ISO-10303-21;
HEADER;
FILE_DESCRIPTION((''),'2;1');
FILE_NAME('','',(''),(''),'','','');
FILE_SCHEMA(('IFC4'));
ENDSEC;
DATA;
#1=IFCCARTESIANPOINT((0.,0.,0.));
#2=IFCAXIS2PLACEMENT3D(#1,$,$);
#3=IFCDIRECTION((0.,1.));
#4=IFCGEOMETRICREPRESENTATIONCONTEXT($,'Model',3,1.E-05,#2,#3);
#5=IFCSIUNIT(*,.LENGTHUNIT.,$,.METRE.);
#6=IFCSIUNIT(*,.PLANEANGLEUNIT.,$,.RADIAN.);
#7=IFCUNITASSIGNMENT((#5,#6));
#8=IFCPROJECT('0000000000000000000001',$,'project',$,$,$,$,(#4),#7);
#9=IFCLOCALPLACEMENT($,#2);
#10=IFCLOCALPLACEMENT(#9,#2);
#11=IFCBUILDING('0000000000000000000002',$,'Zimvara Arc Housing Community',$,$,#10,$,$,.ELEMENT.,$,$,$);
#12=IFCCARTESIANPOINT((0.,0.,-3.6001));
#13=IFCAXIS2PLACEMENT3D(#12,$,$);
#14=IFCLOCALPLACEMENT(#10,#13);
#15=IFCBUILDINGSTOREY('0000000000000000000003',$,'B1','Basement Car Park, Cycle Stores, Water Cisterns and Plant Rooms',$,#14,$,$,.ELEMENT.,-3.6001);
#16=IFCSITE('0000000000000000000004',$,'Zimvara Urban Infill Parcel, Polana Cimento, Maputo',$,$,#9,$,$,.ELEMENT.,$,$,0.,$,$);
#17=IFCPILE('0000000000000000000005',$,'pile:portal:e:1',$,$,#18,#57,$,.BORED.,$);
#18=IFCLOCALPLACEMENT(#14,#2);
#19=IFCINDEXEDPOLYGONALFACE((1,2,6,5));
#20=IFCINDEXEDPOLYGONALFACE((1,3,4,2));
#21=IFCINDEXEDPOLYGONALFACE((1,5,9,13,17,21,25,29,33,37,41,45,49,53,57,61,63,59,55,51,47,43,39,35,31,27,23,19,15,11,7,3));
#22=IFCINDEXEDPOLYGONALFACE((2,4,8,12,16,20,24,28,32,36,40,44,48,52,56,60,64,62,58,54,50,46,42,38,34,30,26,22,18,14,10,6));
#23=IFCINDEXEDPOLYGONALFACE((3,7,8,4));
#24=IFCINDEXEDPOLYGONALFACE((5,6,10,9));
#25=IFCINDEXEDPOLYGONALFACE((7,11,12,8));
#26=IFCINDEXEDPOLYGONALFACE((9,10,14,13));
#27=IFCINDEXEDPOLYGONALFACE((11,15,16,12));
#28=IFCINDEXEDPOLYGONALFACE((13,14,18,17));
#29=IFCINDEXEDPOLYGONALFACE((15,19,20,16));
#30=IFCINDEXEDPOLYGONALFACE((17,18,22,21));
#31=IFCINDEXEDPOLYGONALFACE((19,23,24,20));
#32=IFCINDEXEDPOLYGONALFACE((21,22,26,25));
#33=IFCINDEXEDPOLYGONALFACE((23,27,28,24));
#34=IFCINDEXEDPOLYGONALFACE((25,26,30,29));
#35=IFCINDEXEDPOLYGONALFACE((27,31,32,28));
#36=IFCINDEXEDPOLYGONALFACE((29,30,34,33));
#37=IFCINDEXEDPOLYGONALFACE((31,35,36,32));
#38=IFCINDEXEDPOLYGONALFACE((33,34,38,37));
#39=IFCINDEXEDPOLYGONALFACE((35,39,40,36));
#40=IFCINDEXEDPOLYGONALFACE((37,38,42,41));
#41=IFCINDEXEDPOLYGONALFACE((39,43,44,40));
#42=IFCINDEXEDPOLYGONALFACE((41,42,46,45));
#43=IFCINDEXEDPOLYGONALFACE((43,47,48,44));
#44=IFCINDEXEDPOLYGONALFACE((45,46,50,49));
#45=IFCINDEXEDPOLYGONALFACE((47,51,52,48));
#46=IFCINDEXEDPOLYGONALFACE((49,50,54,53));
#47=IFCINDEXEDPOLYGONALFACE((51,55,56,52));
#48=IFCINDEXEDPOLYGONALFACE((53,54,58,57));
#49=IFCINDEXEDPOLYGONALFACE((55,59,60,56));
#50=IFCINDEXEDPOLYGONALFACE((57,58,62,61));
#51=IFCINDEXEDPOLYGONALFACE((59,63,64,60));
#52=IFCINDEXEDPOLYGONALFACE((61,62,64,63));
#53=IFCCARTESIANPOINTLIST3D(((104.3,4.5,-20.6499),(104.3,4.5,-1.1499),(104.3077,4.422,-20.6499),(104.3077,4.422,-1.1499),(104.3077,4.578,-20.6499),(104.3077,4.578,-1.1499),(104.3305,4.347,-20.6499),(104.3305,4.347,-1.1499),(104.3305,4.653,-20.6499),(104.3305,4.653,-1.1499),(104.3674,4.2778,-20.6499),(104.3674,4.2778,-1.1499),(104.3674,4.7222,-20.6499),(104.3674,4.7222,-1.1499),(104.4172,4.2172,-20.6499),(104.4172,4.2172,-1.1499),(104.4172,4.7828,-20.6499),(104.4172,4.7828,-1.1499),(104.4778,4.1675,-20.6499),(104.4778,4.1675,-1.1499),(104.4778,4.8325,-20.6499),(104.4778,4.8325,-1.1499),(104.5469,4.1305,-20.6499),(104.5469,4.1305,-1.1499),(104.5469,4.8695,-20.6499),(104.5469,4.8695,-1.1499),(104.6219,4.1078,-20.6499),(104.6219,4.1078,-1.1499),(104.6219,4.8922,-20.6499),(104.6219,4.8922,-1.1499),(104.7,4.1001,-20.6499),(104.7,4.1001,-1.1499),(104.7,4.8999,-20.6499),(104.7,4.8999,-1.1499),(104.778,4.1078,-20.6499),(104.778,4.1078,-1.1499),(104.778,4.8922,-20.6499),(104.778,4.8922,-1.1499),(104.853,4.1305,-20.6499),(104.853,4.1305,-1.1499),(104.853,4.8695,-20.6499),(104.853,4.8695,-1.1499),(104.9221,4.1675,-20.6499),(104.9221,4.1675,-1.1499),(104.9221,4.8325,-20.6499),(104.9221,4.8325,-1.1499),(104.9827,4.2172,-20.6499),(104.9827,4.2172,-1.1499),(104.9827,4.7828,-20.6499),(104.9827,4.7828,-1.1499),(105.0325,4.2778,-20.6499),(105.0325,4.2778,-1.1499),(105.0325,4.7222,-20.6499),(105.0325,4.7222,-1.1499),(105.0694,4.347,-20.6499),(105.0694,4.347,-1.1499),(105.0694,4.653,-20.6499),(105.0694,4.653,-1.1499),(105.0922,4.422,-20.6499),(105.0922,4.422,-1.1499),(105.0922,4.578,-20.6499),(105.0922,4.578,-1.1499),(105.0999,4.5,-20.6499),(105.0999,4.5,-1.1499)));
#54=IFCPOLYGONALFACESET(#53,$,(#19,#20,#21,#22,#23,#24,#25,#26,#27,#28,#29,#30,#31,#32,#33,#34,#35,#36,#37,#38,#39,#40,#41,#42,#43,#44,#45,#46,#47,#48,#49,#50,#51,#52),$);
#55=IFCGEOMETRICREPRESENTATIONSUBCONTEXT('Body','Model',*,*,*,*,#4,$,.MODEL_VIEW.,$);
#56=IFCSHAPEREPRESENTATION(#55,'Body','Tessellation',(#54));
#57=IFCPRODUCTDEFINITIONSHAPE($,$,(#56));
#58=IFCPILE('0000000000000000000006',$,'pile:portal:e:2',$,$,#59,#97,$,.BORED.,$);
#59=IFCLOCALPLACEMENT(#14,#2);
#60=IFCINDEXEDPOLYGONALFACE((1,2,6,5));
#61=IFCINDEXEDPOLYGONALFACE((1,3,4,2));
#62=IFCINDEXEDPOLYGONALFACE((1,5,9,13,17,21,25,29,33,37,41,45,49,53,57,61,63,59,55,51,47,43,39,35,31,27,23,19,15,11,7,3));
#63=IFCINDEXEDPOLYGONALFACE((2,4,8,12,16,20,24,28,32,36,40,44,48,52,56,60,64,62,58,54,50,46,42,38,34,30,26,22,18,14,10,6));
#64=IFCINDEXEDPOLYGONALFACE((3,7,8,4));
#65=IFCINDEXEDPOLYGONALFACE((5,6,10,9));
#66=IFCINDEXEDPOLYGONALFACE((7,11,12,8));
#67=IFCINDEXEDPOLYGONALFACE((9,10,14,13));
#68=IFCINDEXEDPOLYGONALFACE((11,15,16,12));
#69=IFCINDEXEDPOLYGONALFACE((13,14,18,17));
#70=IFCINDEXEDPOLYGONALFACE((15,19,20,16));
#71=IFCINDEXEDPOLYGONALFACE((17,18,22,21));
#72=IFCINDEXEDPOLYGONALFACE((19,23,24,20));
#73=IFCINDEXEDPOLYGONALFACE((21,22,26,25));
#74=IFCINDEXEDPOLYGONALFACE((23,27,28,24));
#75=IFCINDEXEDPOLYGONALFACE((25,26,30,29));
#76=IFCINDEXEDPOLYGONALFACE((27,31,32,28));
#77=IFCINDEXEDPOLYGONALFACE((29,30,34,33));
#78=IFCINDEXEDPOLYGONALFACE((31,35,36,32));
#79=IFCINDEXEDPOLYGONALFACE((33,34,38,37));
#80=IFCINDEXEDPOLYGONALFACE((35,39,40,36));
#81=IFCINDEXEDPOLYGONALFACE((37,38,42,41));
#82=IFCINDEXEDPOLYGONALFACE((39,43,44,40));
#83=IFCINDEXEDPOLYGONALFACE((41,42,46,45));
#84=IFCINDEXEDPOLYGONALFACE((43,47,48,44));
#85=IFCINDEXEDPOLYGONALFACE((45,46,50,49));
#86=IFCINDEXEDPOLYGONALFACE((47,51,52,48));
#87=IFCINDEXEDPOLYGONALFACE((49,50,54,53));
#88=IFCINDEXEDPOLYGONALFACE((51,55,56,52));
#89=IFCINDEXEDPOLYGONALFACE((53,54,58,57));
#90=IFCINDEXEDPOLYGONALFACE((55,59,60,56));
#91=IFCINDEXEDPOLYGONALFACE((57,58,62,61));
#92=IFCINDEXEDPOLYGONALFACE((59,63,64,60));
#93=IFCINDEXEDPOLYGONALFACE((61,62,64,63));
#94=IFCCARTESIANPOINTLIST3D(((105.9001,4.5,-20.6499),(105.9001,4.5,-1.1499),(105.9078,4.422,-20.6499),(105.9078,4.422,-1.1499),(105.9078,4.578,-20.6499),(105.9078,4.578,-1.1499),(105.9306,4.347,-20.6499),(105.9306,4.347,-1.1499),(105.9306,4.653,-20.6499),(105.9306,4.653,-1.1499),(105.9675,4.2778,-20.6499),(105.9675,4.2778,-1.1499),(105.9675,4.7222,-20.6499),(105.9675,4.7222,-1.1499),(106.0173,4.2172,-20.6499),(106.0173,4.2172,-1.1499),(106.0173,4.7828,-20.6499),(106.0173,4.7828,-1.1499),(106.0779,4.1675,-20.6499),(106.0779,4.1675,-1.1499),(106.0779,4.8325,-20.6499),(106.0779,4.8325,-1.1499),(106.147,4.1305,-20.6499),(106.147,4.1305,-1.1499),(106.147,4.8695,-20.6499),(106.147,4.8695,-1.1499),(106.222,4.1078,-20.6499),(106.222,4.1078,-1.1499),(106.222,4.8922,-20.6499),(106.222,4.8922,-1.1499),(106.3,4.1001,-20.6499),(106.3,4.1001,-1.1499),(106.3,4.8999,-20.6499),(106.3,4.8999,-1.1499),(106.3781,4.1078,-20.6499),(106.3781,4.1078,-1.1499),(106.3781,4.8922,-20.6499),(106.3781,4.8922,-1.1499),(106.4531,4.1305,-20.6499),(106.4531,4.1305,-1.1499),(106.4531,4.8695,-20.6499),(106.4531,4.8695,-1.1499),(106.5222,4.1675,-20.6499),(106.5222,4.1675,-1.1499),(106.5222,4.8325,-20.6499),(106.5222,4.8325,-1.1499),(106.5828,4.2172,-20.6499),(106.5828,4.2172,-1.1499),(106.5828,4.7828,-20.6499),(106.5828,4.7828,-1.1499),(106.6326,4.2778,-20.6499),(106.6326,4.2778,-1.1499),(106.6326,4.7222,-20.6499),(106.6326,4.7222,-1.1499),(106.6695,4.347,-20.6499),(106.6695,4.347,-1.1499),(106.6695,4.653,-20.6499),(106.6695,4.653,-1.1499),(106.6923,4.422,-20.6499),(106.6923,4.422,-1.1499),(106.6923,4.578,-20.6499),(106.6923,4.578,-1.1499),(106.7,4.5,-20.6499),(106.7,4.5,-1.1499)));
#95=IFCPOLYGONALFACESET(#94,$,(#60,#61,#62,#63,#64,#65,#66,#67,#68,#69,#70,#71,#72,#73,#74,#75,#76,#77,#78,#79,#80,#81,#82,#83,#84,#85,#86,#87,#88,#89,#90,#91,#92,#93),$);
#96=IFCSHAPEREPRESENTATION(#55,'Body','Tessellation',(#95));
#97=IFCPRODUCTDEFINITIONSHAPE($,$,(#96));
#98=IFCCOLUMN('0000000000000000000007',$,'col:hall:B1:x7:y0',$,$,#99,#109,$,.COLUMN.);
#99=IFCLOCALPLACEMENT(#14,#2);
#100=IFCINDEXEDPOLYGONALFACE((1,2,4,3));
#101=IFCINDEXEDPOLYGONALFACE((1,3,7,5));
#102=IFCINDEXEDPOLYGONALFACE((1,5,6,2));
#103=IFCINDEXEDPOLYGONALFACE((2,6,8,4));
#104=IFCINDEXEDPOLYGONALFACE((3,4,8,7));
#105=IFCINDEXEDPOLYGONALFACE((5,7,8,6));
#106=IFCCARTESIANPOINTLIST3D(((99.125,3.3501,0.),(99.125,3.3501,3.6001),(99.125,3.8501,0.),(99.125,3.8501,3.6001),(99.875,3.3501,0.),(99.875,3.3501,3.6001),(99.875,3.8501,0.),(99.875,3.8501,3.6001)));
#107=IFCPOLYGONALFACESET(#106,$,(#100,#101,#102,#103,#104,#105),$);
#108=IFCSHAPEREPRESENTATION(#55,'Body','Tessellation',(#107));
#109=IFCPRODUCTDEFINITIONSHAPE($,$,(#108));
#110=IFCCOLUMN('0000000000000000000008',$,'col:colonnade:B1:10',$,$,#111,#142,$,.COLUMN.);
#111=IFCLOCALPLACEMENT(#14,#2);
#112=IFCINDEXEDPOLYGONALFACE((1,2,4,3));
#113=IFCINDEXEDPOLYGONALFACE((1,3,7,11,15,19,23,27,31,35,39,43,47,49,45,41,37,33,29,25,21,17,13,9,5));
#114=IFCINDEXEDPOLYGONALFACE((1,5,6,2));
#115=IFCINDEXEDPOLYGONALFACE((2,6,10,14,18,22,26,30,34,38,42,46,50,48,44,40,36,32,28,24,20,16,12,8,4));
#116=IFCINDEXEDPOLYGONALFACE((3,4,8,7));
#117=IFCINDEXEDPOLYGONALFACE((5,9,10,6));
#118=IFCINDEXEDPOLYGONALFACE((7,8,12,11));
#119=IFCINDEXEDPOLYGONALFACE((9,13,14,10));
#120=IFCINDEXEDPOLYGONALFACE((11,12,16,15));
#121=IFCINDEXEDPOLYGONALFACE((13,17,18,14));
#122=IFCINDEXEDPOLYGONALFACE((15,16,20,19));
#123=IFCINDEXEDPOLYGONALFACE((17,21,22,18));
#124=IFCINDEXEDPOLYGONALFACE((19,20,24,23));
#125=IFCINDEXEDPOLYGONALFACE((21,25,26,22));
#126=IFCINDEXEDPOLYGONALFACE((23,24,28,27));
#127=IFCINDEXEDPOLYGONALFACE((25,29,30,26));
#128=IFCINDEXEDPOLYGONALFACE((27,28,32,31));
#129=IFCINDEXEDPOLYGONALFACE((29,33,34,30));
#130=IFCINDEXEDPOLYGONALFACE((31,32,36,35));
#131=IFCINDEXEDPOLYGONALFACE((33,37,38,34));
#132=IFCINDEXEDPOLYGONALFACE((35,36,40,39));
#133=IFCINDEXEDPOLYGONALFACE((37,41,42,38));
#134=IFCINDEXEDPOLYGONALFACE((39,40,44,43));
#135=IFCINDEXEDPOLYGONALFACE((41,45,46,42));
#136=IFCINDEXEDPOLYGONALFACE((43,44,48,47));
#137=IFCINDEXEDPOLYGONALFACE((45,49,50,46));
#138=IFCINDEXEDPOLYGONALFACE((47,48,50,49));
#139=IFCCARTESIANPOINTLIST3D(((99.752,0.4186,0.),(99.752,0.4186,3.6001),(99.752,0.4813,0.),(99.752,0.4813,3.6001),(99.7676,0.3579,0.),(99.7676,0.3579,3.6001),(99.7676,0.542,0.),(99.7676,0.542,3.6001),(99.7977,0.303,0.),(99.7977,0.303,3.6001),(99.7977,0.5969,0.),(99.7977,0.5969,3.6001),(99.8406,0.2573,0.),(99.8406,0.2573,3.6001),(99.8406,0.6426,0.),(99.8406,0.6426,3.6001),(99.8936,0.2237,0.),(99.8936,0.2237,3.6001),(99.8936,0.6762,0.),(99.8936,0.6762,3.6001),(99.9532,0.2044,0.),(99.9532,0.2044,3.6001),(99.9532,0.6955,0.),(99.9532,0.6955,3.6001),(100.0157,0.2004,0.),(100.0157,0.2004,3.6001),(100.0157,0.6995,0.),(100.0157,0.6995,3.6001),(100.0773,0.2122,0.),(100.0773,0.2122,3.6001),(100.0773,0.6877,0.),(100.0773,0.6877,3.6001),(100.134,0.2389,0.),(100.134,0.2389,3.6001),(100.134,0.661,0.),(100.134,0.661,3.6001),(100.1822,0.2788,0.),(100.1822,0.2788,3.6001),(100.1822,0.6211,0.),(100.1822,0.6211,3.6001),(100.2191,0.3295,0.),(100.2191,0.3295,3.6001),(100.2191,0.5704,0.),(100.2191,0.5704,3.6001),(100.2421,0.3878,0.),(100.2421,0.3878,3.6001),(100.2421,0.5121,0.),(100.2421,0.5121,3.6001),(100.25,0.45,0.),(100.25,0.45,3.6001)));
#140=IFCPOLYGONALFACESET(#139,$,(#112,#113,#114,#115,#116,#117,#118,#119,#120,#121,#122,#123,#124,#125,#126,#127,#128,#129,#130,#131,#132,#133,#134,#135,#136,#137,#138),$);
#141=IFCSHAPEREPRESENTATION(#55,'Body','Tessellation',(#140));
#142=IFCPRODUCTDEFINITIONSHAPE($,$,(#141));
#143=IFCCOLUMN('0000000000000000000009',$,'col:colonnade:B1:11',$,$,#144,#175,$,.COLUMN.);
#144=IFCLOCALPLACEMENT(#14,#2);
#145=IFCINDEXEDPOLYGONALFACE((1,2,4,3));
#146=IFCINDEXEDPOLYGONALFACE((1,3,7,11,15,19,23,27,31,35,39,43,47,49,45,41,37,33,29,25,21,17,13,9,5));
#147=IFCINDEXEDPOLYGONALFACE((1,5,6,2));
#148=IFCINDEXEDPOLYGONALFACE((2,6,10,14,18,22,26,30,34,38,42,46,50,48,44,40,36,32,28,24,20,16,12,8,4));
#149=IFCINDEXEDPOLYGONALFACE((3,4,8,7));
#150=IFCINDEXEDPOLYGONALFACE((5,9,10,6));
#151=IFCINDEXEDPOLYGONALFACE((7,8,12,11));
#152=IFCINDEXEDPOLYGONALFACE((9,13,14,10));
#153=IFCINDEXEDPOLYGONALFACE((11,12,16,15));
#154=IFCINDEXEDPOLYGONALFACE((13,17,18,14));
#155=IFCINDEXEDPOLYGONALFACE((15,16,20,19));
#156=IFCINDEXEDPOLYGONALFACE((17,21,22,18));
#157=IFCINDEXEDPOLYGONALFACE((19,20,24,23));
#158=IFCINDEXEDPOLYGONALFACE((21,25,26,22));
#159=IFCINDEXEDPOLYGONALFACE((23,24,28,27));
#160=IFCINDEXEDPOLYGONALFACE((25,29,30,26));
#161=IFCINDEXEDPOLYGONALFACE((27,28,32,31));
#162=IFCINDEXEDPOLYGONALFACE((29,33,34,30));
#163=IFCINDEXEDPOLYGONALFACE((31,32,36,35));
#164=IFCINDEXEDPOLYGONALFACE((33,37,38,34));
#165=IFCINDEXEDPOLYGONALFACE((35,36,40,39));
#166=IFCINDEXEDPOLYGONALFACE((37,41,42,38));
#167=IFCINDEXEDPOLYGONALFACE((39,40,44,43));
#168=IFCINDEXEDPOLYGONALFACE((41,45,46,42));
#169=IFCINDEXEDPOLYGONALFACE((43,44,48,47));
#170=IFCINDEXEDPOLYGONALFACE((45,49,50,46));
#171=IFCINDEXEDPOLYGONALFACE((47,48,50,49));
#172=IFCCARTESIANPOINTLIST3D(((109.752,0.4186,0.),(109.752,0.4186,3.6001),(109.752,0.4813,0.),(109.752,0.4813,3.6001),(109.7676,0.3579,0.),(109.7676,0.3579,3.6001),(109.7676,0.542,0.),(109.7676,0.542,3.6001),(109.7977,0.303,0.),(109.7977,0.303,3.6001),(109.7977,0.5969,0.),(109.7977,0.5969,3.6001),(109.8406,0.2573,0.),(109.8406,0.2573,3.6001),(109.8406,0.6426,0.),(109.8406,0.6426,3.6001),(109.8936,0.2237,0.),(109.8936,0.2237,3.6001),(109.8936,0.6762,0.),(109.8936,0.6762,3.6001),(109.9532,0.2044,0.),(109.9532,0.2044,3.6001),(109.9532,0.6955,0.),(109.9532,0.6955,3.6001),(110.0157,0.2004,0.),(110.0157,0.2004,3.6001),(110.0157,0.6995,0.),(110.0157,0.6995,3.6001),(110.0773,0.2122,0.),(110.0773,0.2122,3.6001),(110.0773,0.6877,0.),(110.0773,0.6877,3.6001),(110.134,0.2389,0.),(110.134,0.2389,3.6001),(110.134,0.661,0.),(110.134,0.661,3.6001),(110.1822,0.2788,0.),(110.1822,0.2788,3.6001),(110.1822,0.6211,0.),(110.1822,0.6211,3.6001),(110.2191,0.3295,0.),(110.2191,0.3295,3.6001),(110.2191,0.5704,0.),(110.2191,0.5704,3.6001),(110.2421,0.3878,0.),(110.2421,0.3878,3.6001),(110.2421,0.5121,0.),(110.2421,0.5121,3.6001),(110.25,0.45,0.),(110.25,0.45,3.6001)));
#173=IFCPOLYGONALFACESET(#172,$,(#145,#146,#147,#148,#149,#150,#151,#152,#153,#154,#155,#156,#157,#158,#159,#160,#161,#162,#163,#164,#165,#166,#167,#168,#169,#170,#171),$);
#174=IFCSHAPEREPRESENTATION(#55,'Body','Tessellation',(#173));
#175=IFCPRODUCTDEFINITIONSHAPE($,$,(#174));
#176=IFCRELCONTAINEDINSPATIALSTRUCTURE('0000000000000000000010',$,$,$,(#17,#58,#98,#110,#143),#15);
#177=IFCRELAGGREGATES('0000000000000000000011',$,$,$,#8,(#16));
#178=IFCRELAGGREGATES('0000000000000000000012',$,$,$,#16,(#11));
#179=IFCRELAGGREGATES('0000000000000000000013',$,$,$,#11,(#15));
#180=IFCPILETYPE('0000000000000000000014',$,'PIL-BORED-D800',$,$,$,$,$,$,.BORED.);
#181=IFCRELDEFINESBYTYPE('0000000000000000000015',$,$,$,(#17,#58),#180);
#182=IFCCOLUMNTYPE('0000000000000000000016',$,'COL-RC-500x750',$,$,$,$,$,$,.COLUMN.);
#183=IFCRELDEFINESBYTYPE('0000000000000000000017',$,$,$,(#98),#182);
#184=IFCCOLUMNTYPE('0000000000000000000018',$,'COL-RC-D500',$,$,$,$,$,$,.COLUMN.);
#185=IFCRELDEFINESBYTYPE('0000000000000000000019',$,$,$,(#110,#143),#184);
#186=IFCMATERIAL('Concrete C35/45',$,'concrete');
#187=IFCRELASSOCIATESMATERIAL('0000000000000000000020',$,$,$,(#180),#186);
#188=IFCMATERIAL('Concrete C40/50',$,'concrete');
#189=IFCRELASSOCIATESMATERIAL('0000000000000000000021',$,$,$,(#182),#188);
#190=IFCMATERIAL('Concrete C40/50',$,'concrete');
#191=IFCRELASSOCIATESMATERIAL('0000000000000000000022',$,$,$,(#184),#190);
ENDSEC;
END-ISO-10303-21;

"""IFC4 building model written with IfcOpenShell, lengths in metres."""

from ifc_helpers import new_model, si_unit, direction, frame, origin, origin_2d, place, context, subcontext, project, spatial, rectangle, circle, extrude, material, material_profile, profile_set, type_object, element, save


model = new_model("IFC4")

# Units and contexts
model_context = context("Model", 3, precision=1e-05, world=origin(), true_north=direction((0.0, 1.0)))
body_context = subcontext(model_context, "Body", "Model", "MODEL_VIEW")
ifc_project = project(units=[si_unit("LENGTHUNIT", "METRE"), si_unit("PLANEANGLEUNIT", "RADIAN")], contexts=[model_context])

# Site, building, storey
site_placement = place(None, origin())
site = spatial("IfcSite", under=ifc_project, at=site_placement, Name="Zimvara Urban Infill Parcel, Polana Cimento, Maputo", CompositionType="ELEMENT", RefElevation=0.0)
building_placement = place(site_placement, origin())
building = spatial("IfcBuilding", under=site, at=building_placement, Name="Zimvara Arc Housing Community", CompositionType="ELEMENT")
storey_placement = place(building_placement, frame((0.0, 0.0, -3.6001)))
storey = spatial("IfcBuildingStorey", under=building, at=storey_placement, Name="B1", Description="Basement Car Park, Cycle Stores, Water Cisterns and Plant Rooms", CompositionType="ELEMENT", Elevation=-3.6001)

# Piles
ifc_material_1 = material(Name="Concrete C35/45", Category="concrete")
ifc_material_profile_1 = material_profile(ifc_material_1, circle(Radius=0.3999, at=origin_2d()), Name="PILE D800")
ifc_profile_set_1 = profile_set([ifc_material_profile_1], Name="Concrete C35/45")
pile_type_1 = type_object("IfcPileType", Name="PIL-BORED-D800", PredefinedType="BORED", material=ifc_profile_set_1)
for number, where, z_axis, x_axis, name in (
    (1, (104.7, 4.5, -1.1499), (0.0, 0.0, -1.0), (1.0, 0.0, 0.0), "pile:portal:e:1"),
    (2, (106.3, 4.5, -1.1499), (0.0, 0.0, -1.0), (1.0, 0.0, 0.0), "pile:portal:e:2"),
):
    element("IfcPile", number, at=place(storey_placement, frame(where, z_axis=z_axis, x_axis=x_axis)), inside=storey, type_object=pile_type_1, Name=name, PredefinedType="BORED", context=body_context, shape_type="SweptSolid", body=[
        extrude(circle(Radius=0.3999, at=origin_2d()), origin(), (0.0, 0.0, 1.0), 19.5),
    ])

# Columns
ifc_material_2 = material(Name="Concrete C40/50", Category="concrete")
ifc_material_profile_2 = material_profile(ifc_material_2, rectangle(XDim=0.5, YDim=0.75, at=origin_2d()), Name="RC 500x750")
ifc_profile_set_2 = profile_set([ifc_material_profile_2], Name="Concrete C40/50")
column_type_1 = type_object("IfcColumnType", Name="COL-RC-500x750", PredefinedType="COLUMN", material=ifc_profile_set_2)
column_1_placement = place(storey_placement, frame((99.5, 3.6001, 0.0), z_axis=(0.0, 0.0, 1.0), x_axis=(0.0, 1.0, 0.0)))
element("IfcColumn", 3, at=column_1_placement, inside=storey, type_object=column_type_1, Name="col:hall:B1:x7:y0", PredefinedType="COLUMN", context=body_context, shape_type="SweptSolid", body=[
    extrude(rectangle(XDim=0.5, YDim=0.75, at=origin_2d()), origin(), (0.0, 0.0, 1.0), 3.6001),
])
ifc_material_3 = material(Name="Concrete C40/50", Category="concrete")
ifc_material_profile_3 = material_profile(ifc_material_3, circle(Radius=0.25, at=origin_2d()), Name="RC D500")
ifc_profile_set_3 = profile_set([ifc_material_profile_3], Name="Concrete C40/50")
column_type_2 = type_object("IfcColumnType", Name="COL-RC-D500", PredefinedType="COLUMN", material=ifc_profile_set_3)
for number, where, z_axis, x_axis, name in (
    (4, (100.0, 0.45, 0.0), (0.0, 0.0, 1.0), (1.0, 0.0, 0.0), "col:colonnade:B1:10"),
    (5, (110.0, 0.45, 0.0), (0.0, 0.0, 1.0), (1.0, 0.0, 0.0), "col:colonnade:B1:11"),
):
    element("IfcColumn", number, at=place(storey_placement, frame(where, z_axis=z_axis, x_axis=x_axis)), inside=storey, type_object=column_type_2, Name=name, PredefinedType="COLUMN", context=body_context, shape_type="SweptSolid", body=[
        extrude(circle(Radius=0.25, at=origin_2d()), origin(), (0.0, 0.0, 1.0), 3.6001),
    ])

save(model, "model.ifc")
